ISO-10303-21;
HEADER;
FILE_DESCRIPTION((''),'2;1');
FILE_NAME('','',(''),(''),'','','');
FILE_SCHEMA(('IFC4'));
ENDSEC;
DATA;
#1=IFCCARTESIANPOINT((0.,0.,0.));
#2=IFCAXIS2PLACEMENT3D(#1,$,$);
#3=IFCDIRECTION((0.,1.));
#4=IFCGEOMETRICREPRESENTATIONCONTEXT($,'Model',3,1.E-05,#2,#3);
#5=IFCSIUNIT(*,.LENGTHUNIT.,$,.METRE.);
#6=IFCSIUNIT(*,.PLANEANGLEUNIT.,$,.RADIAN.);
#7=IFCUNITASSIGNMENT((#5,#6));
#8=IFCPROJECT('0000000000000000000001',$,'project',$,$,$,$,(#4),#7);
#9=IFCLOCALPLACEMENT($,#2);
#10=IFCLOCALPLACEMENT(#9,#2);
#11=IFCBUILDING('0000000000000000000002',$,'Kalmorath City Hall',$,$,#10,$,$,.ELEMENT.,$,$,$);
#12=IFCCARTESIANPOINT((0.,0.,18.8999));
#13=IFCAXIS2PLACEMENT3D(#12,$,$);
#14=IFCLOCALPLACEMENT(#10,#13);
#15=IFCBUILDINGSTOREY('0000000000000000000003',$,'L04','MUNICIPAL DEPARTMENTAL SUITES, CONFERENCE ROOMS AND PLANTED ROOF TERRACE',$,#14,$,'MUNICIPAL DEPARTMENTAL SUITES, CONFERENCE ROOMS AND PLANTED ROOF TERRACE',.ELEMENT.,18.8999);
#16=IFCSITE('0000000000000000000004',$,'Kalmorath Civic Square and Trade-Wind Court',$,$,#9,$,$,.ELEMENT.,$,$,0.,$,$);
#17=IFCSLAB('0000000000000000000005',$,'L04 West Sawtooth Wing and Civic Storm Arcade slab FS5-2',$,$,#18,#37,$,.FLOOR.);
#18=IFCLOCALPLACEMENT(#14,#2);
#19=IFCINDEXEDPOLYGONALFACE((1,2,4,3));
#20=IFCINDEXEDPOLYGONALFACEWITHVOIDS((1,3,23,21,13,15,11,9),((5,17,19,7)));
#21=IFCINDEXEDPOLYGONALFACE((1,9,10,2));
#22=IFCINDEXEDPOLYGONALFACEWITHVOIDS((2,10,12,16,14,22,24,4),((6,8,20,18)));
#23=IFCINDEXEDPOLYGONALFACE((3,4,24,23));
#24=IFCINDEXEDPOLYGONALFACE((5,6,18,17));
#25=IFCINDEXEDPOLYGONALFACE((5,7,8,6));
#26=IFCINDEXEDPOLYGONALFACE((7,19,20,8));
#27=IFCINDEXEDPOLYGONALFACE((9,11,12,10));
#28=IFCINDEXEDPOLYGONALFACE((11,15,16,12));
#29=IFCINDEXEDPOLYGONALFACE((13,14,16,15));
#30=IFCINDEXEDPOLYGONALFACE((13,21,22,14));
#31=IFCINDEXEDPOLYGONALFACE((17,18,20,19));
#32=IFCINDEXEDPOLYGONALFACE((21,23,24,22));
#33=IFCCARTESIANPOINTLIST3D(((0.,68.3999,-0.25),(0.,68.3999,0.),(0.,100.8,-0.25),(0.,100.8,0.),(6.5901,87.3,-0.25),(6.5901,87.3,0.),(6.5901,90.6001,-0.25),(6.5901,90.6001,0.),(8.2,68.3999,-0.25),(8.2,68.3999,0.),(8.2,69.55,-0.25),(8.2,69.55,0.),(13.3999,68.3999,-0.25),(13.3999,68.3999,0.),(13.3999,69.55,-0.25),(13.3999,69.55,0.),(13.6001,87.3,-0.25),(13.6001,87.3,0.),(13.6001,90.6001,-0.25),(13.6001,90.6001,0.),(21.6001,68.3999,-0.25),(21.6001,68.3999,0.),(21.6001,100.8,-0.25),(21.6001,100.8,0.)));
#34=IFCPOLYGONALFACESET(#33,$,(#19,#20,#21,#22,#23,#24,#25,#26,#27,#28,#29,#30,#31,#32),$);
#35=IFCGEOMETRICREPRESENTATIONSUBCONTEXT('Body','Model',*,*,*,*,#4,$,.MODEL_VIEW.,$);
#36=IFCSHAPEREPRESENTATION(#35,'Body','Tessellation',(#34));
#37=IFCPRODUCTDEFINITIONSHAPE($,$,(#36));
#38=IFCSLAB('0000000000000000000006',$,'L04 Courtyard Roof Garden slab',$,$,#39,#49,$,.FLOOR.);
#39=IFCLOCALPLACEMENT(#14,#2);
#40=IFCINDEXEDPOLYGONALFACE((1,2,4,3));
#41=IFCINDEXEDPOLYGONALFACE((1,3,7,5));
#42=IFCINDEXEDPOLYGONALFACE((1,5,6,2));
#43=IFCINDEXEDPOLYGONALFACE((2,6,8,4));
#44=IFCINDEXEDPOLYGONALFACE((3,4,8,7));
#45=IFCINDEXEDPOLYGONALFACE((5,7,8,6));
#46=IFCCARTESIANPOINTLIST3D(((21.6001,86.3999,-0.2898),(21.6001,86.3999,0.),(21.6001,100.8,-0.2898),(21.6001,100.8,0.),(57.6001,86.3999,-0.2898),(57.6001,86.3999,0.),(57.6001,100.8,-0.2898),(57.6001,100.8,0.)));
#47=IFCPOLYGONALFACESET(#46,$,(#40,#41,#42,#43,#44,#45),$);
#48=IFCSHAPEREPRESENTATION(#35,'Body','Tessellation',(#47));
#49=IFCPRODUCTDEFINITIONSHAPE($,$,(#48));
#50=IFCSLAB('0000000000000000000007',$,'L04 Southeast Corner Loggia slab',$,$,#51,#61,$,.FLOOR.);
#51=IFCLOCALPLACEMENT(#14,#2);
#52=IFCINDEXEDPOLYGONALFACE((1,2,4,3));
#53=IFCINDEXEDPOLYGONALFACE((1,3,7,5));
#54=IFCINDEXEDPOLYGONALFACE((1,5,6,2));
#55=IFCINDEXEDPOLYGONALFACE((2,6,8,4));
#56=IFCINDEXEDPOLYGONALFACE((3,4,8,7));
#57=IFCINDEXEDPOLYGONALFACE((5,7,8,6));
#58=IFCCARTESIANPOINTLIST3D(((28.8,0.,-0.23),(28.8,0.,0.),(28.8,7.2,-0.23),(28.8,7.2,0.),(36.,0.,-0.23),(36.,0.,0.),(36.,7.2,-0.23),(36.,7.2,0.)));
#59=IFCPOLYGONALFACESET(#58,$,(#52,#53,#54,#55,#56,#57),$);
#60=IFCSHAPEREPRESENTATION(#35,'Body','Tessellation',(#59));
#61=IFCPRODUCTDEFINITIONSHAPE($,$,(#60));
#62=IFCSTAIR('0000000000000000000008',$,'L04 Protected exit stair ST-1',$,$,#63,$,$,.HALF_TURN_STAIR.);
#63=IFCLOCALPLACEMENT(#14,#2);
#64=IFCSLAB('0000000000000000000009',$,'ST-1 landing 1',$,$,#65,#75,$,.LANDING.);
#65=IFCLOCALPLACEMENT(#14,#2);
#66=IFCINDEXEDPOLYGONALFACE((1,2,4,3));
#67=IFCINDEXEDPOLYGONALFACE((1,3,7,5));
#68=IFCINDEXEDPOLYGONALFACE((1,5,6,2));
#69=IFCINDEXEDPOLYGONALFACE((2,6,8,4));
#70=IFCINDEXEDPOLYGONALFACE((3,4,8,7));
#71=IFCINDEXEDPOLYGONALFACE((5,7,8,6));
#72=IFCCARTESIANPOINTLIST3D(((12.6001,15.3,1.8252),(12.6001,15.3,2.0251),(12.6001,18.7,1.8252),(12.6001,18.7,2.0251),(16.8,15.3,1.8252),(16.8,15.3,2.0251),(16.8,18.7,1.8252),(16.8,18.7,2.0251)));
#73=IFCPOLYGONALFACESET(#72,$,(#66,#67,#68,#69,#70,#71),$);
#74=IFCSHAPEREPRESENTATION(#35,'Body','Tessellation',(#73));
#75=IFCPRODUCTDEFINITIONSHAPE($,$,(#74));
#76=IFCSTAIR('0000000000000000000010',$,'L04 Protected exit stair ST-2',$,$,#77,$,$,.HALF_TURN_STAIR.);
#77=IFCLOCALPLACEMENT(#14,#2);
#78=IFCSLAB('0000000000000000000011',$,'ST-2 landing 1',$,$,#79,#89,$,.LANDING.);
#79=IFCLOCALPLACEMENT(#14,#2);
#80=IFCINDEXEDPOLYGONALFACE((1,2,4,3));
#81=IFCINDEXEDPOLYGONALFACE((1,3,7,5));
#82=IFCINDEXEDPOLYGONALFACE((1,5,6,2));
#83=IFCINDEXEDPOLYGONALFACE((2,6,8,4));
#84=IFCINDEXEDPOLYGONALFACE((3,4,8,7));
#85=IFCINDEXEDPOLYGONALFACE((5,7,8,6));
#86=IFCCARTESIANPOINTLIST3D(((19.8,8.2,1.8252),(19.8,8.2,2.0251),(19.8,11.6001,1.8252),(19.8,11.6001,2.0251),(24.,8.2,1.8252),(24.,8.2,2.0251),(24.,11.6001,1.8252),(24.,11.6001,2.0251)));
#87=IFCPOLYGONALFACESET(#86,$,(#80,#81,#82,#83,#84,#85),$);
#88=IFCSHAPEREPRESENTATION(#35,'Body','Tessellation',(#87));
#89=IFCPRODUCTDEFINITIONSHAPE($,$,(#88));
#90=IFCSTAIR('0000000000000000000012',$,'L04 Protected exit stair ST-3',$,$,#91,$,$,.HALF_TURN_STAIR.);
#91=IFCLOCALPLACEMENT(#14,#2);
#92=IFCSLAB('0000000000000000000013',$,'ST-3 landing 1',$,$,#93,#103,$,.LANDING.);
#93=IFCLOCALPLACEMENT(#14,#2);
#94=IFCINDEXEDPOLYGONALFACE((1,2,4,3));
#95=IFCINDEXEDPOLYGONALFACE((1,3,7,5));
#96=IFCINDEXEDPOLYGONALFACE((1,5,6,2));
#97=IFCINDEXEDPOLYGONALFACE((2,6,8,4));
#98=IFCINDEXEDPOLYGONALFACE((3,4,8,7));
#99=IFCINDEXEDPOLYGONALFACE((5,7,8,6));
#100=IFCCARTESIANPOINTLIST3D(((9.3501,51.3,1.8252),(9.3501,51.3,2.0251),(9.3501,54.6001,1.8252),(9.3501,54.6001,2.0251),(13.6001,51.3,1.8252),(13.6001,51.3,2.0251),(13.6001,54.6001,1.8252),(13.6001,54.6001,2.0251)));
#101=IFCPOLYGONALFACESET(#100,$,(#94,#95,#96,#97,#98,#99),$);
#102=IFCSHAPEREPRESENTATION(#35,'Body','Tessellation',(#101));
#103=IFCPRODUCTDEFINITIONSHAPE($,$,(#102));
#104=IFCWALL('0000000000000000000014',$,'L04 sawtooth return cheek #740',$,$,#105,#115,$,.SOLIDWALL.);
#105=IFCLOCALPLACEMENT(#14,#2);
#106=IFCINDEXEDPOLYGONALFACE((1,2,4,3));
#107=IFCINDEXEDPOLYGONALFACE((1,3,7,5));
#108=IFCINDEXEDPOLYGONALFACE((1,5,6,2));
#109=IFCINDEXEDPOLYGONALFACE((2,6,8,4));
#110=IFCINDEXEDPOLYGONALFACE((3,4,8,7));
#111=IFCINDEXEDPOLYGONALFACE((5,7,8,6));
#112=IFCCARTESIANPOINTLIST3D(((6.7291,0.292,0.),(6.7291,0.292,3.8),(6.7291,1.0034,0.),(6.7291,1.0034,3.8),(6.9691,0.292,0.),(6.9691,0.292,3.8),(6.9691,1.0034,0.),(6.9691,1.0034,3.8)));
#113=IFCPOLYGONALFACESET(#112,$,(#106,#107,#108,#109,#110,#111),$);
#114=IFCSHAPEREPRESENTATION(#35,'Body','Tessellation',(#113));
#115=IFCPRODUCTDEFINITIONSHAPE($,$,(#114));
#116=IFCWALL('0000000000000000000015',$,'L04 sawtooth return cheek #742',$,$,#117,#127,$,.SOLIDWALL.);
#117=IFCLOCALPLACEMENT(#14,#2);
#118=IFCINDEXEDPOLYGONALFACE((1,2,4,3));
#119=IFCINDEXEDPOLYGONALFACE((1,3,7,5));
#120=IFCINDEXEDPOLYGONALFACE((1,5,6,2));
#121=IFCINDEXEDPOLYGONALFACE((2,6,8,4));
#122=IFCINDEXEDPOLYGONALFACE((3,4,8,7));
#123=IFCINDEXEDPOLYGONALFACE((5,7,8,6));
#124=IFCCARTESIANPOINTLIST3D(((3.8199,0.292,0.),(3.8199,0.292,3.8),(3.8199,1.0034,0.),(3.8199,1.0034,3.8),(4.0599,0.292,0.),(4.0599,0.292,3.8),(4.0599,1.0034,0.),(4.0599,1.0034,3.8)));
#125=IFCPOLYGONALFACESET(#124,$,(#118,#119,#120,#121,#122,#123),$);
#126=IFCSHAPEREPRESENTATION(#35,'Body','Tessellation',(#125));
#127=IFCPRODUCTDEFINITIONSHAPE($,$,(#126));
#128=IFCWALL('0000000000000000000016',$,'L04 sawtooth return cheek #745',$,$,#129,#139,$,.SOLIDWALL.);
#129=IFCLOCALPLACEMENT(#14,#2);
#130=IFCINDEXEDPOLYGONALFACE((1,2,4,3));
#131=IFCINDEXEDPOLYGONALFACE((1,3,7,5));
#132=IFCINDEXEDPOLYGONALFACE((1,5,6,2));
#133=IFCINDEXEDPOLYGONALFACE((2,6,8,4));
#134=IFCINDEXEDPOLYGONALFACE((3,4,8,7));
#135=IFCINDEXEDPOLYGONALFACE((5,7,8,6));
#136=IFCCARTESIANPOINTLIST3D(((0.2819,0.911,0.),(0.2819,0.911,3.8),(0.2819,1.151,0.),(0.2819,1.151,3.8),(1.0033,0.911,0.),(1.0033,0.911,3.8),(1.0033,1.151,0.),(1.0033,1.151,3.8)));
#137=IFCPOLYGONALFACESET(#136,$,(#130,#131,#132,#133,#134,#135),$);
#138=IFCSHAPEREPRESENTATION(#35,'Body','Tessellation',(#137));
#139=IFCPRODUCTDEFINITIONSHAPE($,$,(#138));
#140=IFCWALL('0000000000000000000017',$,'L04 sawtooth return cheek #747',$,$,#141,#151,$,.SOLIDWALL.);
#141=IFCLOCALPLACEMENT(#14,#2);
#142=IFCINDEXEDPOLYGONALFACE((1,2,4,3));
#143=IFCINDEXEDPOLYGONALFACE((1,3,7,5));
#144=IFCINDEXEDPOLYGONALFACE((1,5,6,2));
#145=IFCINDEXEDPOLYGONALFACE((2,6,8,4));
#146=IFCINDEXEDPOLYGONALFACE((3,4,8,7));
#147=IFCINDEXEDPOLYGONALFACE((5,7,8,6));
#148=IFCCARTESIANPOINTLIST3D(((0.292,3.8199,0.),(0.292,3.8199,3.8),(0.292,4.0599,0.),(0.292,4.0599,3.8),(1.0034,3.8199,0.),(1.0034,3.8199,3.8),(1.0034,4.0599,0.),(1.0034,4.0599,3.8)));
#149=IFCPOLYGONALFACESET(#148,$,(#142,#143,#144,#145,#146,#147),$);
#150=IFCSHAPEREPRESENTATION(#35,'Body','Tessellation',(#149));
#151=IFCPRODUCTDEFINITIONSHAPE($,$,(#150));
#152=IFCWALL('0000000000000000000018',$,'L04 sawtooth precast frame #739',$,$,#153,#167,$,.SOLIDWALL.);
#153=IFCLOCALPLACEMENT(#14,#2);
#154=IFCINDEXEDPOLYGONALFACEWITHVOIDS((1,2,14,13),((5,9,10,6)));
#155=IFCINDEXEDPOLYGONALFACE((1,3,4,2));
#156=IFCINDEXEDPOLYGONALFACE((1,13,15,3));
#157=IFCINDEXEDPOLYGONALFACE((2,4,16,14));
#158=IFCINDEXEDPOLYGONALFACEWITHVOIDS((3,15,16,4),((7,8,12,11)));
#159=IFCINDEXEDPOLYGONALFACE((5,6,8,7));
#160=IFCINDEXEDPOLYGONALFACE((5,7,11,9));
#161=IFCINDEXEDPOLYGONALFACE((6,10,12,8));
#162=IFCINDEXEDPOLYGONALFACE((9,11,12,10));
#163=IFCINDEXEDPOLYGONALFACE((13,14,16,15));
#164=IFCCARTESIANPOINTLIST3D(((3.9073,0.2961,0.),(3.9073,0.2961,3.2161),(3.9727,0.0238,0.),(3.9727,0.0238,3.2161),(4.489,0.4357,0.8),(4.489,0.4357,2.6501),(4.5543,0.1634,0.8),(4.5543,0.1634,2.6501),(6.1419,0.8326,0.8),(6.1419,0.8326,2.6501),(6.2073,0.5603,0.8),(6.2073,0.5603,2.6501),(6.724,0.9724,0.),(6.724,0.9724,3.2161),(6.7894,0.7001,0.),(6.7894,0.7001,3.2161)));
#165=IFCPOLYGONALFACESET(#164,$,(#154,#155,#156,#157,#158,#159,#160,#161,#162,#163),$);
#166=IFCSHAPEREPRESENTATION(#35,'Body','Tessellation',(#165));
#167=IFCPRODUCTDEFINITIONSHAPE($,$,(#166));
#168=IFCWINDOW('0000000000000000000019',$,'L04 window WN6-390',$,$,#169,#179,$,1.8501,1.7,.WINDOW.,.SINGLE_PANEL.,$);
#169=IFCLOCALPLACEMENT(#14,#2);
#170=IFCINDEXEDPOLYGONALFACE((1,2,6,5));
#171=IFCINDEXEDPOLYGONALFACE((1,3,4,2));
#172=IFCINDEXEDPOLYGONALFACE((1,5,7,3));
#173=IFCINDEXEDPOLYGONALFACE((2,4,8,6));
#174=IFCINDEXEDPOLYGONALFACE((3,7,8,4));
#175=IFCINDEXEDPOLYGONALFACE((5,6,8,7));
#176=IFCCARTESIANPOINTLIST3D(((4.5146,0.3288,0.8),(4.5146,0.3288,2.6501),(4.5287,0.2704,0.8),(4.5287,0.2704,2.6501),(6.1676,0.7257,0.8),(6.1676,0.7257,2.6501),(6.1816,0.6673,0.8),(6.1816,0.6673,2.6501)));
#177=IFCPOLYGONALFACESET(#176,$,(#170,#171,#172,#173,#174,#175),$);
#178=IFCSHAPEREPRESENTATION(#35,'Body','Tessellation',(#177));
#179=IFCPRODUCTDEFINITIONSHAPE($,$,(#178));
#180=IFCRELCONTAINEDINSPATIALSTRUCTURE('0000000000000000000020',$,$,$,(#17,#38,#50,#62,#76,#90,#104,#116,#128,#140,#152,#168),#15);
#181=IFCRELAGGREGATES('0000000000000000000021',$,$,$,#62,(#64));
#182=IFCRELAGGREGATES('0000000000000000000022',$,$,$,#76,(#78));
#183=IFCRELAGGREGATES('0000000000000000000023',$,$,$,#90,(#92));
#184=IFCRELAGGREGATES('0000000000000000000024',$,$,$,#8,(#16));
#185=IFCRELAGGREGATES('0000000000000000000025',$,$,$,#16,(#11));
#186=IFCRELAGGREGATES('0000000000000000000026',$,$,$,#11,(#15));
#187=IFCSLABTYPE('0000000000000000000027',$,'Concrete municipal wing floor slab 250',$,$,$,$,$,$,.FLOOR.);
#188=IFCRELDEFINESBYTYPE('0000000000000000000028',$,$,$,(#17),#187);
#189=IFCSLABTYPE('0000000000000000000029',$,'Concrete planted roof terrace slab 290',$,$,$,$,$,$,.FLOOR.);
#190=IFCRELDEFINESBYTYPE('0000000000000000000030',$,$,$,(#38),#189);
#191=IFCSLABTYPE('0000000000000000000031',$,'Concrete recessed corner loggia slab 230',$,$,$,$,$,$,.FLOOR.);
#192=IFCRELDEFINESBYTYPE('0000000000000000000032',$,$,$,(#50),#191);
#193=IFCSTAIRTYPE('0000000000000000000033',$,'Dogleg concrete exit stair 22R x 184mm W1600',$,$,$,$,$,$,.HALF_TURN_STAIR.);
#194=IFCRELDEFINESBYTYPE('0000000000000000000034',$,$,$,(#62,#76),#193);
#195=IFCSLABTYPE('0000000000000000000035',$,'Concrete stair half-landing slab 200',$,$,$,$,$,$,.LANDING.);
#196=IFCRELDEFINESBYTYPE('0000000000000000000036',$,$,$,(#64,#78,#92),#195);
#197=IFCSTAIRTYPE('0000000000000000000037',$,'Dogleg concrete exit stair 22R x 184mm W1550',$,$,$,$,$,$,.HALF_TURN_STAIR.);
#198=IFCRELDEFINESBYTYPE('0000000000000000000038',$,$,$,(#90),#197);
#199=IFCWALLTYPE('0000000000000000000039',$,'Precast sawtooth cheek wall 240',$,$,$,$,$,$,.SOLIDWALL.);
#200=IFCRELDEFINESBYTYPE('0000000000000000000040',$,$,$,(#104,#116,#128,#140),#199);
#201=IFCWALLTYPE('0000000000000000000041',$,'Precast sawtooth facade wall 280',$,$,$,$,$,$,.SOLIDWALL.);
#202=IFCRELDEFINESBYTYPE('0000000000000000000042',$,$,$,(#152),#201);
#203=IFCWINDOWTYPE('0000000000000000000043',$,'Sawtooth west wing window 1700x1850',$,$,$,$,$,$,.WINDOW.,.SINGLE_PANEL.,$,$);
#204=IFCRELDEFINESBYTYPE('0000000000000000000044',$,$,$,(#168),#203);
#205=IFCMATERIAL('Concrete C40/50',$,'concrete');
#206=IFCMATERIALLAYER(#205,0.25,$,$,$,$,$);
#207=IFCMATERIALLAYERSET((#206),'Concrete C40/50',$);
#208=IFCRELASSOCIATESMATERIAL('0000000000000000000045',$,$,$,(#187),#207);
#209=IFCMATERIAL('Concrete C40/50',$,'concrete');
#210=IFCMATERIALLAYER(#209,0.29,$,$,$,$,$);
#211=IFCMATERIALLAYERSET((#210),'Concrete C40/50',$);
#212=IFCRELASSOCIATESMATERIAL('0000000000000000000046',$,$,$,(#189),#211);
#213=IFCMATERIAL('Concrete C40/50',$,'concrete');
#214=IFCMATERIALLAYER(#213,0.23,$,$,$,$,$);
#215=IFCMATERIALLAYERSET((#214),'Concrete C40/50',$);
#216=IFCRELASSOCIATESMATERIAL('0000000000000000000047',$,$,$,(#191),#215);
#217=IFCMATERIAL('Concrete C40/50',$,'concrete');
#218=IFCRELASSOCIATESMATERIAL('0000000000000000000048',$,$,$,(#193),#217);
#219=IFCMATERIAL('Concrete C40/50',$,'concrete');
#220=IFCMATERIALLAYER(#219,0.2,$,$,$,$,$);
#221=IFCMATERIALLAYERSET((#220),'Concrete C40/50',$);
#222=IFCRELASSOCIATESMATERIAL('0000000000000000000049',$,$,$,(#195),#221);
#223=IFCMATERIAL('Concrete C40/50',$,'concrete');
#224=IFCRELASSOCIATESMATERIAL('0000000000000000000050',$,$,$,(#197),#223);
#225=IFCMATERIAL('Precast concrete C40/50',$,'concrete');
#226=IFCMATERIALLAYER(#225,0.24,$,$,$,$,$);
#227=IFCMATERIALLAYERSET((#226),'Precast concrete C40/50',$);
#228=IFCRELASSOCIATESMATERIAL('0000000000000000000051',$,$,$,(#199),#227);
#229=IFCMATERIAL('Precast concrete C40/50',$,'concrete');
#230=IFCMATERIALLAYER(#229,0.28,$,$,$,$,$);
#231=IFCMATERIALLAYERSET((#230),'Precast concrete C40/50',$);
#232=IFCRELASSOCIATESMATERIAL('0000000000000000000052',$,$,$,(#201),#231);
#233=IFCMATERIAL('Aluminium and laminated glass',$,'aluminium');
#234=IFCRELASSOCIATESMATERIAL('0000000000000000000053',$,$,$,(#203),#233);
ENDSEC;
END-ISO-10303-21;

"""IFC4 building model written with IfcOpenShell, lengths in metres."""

from ifc_helpers import new_model, si_unit, direction, frame, frame_2d, origin, place, context, subcontext, project, spatial, polyline, rectangle, outline, extrude, material, layer, layer_set, type_object, element, fill, aggregate, save


model = new_model("IFC4")

# Units and contexts
model_context = context("Model", 3, precision=1e-05, world=origin(), true_north=direction((0.0, 1.0)))
body_context = subcontext(model_context, "Body", "Model", "MODEL_VIEW")
ifc_project = project(units=[si_unit("LENGTHUNIT", "METRE"), si_unit("PLANEANGLEUNIT", "RADIAN")], contexts=[model_context])

# Site, building, storey
site_placement = place(None, origin())
site = spatial("IfcSite", under=ifc_project, at=site_placement, Name="Kalmorath Civic Square and Trade-Wind Court", CompositionType="ELEMENT", RefElevation=0.0)
building_placement = place(site_placement, origin())
building = spatial("IfcBuilding", under=site, at=building_placement, Name="Kalmorath City Hall", CompositionType="ELEMENT")
storey_placement = place(building_placement, frame((0.0, 0.0, 18.8999)))
storey = spatial("IfcBuildingStorey", under=building, at=storey_placement, Name="L04", Description="MUNICIPAL DEPARTMENTAL SUITES, CONFERENCE ROOMS AND PLANTED ROOF TERRACE", LongName="MUNICIPAL DEPARTMENTAL SUITES, CONFERENCE ROOMS AND PLANTED ROOF TERRACE", CompositionType="ELEMENT", Elevation=18.8999)

# Slabs
ifc_material_1 = material(Name="Concrete C40/50", Category="concrete")
ifc_layer_1 = layer(ifc_material_1, 0.25)
ifc_layer_set_1 = layer_set([ifc_layer_1], Name="Concrete C40/50")
slab_type_1 = type_object("IfcSlabType", Name="Concrete municipal wing floor slab 250", PredefinedType="FLOOR", material=ifc_layer_set_1)
slab_1_placement = place(storey_placement, frame((0.0, 0.0, -0.25)))
element("IfcSlab", 1, at=slab_1_placement, inside=storey, type_object=slab_type_1, Name="L04 West Sawtooth Wing and Civic Storm Arcade slab FS5-2", PredefinedType="FLOOR", context=body_context, shape_type="SweptSolid", body=[
    extrude(outline(polyline([(21.6001, 100.8), (21.6001, 68.3999), (13.3999, 68.3999), (13.3999, 69.55), (8.2, 69.55), (8.2, 68.3999), (0.0, 68.3999), (0.0, 100.8), (21.6001, 100.8)]), holes=[polyline([(6.5901, 87.3), (13.6001, 87.3), (13.6001, 90.6001), (6.5901, 90.6001), (6.5901, 87.3)])]), origin(), (0.0, 0.0, 1.0), 0.25),
])
ifc_material_2 = material(Name="Concrete C40/50", Category="concrete")
ifc_layer_2 = layer(ifc_material_2, 0.29)
ifc_layer_set_2 = layer_set([ifc_layer_2], Name="Concrete C40/50")
slab_type_2 = type_object("IfcSlabType", Name="Concrete planted roof terrace slab 290", PredefinedType="FLOOR", material=ifc_layer_set_2)
slab_2_placement = place(storey_placement, frame((0.0, 0.0, -0.2898)))
element("IfcSlab", 2, at=slab_2_placement, inside=storey, type_object=slab_type_2, Name="L04 Courtyard Roof Garden slab", PredefinedType="FLOOR", context=body_context, shape_type="SweptSolid", body=[
    extrude(outline(polyline([(21.6001, 86.3999), (57.6001, 86.3999), (57.6001, 100.8), (21.6001, 100.8), (21.6001, 86.3999)])), origin(), (0.0, 0.0, 1.0), 0.2898),
])
ifc_material_3 = material(Name="Concrete C40/50", Category="concrete")
ifc_layer_3 = layer(ifc_material_3, 0.23)
ifc_layer_set_3 = layer_set([ifc_layer_3], Name="Concrete C40/50")
slab_type_3 = type_object("IfcSlabType", Name="Concrete recessed corner loggia slab 230", PredefinedType="FLOOR", material=ifc_layer_set_3)
slab_3_placement = place(storey_placement, frame((0.0, 0.0, -0.23)))
element("IfcSlab", 3, at=slab_3_placement, inside=storey, type_object=slab_type_3, Name="L04 Southeast Corner Loggia slab", PredefinedType="FLOOR", context=body_context, shape_type="SweptSolid", body=[
    extrude(outline(polyline([(28.8, 0.0), (36.0, 0.0), (36.0, 7.2), (28.8, 7.2), (28.8, 0.0)])), origin(), (0.0, 0.0, 1.0), 0.23),
])

# Stairs, slabs
ifc_material_4 = material(Name="Concrete C40/50", Category="concrete")
stair_type_1 = type_object("IfcStairType", Name="Dogleg concrete exit stair 22R x 184mm W1600", PredefinedType="HALF_TURN_STAIR", material=ifc_material_4)
stair_1_placement = place(storey_placement, origin())
stair_1 = element("IfcStair", 4, at=stair_1_placement, inside=storey, type_object=stair_type_1, Name="L04 Protected exit stair ST-1", PredefinedType="HALF_TURN_STAIR")
ifc_material_5 = material(Name="Concrete C40/50", Category="concrete")
ifc_layer_4 = layer(ifc_material_5, 0.2)
ifc_layer_set_4 = layer_set([ifc_layer_4], Name="Concrete C40/50")
slab_type_4 = type_object("IfcSlabType", Name="Concrete stair half-landing slab 200", PredefinedType="LANDING", material=ifc_layer_set_4)
slab_4_placement = place(storey_placement, frame((0.0, 0.0, 1.8252)))
slab_4 = element("IfcSlab", 5, at=slab_4_placement, type_object=slab_type_4, Name="ST-1 landing 1", PredefinedType="LANDING", context=body_context, shape_type="SweptSolid", body=[
    extrude(outline(polyline([(12.6001, 15.3), (16.8, 15.3), (16.8, 18.7), (12.6001, 18.7), (12.6001, 15.3)])), origin(), (0.0, 0.0, 1.0), 0.2),
])
aggregate(stair_1, [slab_4])
stair_2_placement = place(storey_placement, origin())
stair_2 = element("IfcStair", 6, at=stair_2_placement, inside=storey, type_object=stair_type_1, Name="L04 Protected exit stair ST-2", PredefinedType="HALF_TURN_STAIR")
slab_5_placement = place(storey_placement, frame((0.0, 0.0, 1.8252)))
slab_5 = element("IfcSlab", 7, at=slab_5_placement, type_object=slab_type_4, Name="ST-2 landing 1", PredefinedType="LANDING", context=body_context, shape_type="SweptSolid", body=[
    extrude(outline(polyline([(19.8, 8.2), (24.0, 8.2), (24.0, 11.6001), (19.8, 11.6001), (19.8, 8.2)])), origin(), (0.0, 0.0, 1.0), 0.2),
])
aggregate(stair_2, [slab_5])
ifc_material_6 = material(Name="Concrete C40/50", Category="concrete")
stair_type_2 = type_object("IfcStairType", Name="Dogleg concrete exit stair 22R x 184mm W1550", PredefinedType="HALF_TURN_STAIR", material=ifc_material_6)
stair_3_placement = place(storey_placement, origin())
stair_3 = element("IfcStair", 8, at=stair_3_placement, inside=storey, type_object=stair_type_2, Name="L04 Protected exit stair ST-3", PredefinedType="HALF_TURN_STAIR")
slab_6_placement = place(storey_placement, frame((0.0, 0.0, 1.8252)))
slab_6 = element("IfcSlab", 9, at=slab_6_placement, type_object=slab_type_4, Name="ST-3 landing 1", PredefinedType="LANDING", context=body_context, shape_type="SweptSolid", body=[
    extrude(outline(polyline([(9.3501, 51.3), (13.6001, 51.3), (13.6001, 54.6001), (9.3501, 54.6001), (9.3501, 51.3)])), origin(), (0.0, 0.0, 1.0), 0.2),
])
aggregate(stair_3, [slab_6])

# Walls
ifc_material_7 = material(Name="Precast concrete C40/50", Category="concrete")
ifc_layer_5 = layer(ifc_material_7, 0.24)
ifc_layer_set_5 = layer_set([ifc_layer_5], Name="Precast concrete C40/50")
wall_type_1 = type_object("IfcWallType", Name="Precast sawtooth cheek wall 240", PredefinedType="SOLIDWALL", material=ifc_layer_set_5)
for number, where, z_axis, x_axis, name in (
    (10, (6.8491, 1.0034, 0.0), (0.0, 0.0, 1.0), (0.0, -1.0, 0.0), "L04 sawtooth return cheek #740"),
    (11, (3.9399, 1.0034, 0.0), (0.0, 0.0, 1.0), (0.0, -1.0, 0.0), "L04 sawtooth return cheek #742"),
):
    element("IfcWall", number, at=place(storey_placement, frame(where, z_axis=z_axis, x_axis=x_axis)), inside=storey, type_object=wall_type_1, Name=name, PredefinedType="SOLIDWALL", context=body_context, shape_type="SweptSolid", body=[
        extrude(rectangle(XDim=0.7114, YDim=0.24, at=frame_2d((0.3557, 0.0))), origin(), (0.0, 0.0, 1.0), 3.8),
    ])
wall_1_placement = place(storey_placement, frame((1.0034, 1.031, 0.0), z_axis=(0.0, 0.0, 1.0), x_axis=(-1.0, 0.0, 0.0)))
element("IfcWall", 12, at=wall_1_placement, inside=storey, type_object=wall_type_1, Name="L04 sawtooth return cheek #745", PredefinedType="SOLIDWALL", context=body_context, shape_type="SweptSolid", body=[
    extrude(rectangle(XDim=0.7214, YDim=0.24, at=frame_2d((0.3608, 0.0))), origin(), (0.0, 0.0, 1.0), 3.8),
])
wall_2_placement = place(storey_placement, frame((1.0034, 3.9399, 0.0), z_axis=(0.0, 0.0, 1.0), x_axis=(-1.0, 0.0, 0.0)))
element("IfcWall", 13, at=wall_2_placement, inside=storey, type_object=wall_type_1, Name="L04 sawtooth return cheek #747", PredefinedType="SOLIDWALL", context=body_context, shape_type="SweptSolid", body=[
    extrude(rectangle(XDim=0.7114, YDim=0.24, at=frame_2d((0.3557, 0.0))), origin(), (0.0, 0.0, 1.0), 3.8),
])

# Wall, opening, window
ifc_material_8 = material(Name="Precast concrete C40/50", Category="concrete")
ifc_layer_6 = layer(ifc_material_8, 0.28)
ifc_layer_set_6 = layer_set([ifc_layer_6], Name="Precast concrete C40/50")
wall_type_2 = type_object("IfcWallType", Name="Precast sawtooth facade wall 280", PredefinedType="SOLIDWALL", material=ifc_layer_set_6)
wall_3_placement = place(storey_placement, frame((6.7566, 0.8362, 0.0), z_axis=(0.0, 0.0, 1.0), x_axis=(-0.972366, -0.233462, 0.0)))
wall_3 = element("IfcWall", 14, at=wall_3_placement, inside=storey, type_object=wall_type_2, Name="L04 sawtooth precast frame #739", PredefinedType="SOLIDWALL", context=body_context, shape_type="SweptSolid", body=[
    extrude(rectangle(XDim=2.8967, YDim=0.28, at=frame_2d((1.4482, 0.0))), origin(), (0.0, 0.0, 1.0), 3.2161),
])
opening_1_placement = place(wall_3_placement, frame((0.5984, 0.0, 0.8)))
opening_1 = element("IfcOpeningElement", 15, at=opening_1_placement, cuts=wall_3, PredefinedType="OPENING", context=body_context, shape_type="SweptSolid", body=[
    extrude(rectangle(XDim=1.7, YDim=1.8501, at=frame_2d((0.8501, 0.925))), frame((0.0, 0.1499, 0.0), z_axis=(0.0, -1.0, 0.0), x_axis=(1.0, 0.0, 0.0)), (0.0, 0.0, 1.0), 0.3),
])
ifc_material_9 = material(Name="Aluminium and laminated glass", Category="aluminium")
window_type = type_object("IfcWindowType", Name="Sawtooth west wing window 1700x1850", PartitioningType="SINGLE_PANEL", PredefinedType="WINDOW", material=ifc_material_9)
window_1_placement = place(opening_1_placement, origin())
window_1 = element("IfcWindow", 16, at=window_1_placement, inside=storey, type_object=window_type, Name="L04 window WN6-390", OverallHeight=1.8501, OverallWidth=1.7, PartitioningType="SINGLE_PANEL", PredefinedType="WINDOW", context=body_context, shape_type="SweptSolid", body=[
    extrude(rectangle(XDim=1.7, YDim=1.8501, at=frame_2d((0.8501, 0.925))), frame((0.0, 0.03, 0.0), z_axis=(0.0, -1.0, 0.0), x_axis=(1.0, 0.0, 0.0)), (0.0, 0.0, 1.0), 0.0601),
])
fill(opening_1, window_1)

save(model, "model.ifc")
